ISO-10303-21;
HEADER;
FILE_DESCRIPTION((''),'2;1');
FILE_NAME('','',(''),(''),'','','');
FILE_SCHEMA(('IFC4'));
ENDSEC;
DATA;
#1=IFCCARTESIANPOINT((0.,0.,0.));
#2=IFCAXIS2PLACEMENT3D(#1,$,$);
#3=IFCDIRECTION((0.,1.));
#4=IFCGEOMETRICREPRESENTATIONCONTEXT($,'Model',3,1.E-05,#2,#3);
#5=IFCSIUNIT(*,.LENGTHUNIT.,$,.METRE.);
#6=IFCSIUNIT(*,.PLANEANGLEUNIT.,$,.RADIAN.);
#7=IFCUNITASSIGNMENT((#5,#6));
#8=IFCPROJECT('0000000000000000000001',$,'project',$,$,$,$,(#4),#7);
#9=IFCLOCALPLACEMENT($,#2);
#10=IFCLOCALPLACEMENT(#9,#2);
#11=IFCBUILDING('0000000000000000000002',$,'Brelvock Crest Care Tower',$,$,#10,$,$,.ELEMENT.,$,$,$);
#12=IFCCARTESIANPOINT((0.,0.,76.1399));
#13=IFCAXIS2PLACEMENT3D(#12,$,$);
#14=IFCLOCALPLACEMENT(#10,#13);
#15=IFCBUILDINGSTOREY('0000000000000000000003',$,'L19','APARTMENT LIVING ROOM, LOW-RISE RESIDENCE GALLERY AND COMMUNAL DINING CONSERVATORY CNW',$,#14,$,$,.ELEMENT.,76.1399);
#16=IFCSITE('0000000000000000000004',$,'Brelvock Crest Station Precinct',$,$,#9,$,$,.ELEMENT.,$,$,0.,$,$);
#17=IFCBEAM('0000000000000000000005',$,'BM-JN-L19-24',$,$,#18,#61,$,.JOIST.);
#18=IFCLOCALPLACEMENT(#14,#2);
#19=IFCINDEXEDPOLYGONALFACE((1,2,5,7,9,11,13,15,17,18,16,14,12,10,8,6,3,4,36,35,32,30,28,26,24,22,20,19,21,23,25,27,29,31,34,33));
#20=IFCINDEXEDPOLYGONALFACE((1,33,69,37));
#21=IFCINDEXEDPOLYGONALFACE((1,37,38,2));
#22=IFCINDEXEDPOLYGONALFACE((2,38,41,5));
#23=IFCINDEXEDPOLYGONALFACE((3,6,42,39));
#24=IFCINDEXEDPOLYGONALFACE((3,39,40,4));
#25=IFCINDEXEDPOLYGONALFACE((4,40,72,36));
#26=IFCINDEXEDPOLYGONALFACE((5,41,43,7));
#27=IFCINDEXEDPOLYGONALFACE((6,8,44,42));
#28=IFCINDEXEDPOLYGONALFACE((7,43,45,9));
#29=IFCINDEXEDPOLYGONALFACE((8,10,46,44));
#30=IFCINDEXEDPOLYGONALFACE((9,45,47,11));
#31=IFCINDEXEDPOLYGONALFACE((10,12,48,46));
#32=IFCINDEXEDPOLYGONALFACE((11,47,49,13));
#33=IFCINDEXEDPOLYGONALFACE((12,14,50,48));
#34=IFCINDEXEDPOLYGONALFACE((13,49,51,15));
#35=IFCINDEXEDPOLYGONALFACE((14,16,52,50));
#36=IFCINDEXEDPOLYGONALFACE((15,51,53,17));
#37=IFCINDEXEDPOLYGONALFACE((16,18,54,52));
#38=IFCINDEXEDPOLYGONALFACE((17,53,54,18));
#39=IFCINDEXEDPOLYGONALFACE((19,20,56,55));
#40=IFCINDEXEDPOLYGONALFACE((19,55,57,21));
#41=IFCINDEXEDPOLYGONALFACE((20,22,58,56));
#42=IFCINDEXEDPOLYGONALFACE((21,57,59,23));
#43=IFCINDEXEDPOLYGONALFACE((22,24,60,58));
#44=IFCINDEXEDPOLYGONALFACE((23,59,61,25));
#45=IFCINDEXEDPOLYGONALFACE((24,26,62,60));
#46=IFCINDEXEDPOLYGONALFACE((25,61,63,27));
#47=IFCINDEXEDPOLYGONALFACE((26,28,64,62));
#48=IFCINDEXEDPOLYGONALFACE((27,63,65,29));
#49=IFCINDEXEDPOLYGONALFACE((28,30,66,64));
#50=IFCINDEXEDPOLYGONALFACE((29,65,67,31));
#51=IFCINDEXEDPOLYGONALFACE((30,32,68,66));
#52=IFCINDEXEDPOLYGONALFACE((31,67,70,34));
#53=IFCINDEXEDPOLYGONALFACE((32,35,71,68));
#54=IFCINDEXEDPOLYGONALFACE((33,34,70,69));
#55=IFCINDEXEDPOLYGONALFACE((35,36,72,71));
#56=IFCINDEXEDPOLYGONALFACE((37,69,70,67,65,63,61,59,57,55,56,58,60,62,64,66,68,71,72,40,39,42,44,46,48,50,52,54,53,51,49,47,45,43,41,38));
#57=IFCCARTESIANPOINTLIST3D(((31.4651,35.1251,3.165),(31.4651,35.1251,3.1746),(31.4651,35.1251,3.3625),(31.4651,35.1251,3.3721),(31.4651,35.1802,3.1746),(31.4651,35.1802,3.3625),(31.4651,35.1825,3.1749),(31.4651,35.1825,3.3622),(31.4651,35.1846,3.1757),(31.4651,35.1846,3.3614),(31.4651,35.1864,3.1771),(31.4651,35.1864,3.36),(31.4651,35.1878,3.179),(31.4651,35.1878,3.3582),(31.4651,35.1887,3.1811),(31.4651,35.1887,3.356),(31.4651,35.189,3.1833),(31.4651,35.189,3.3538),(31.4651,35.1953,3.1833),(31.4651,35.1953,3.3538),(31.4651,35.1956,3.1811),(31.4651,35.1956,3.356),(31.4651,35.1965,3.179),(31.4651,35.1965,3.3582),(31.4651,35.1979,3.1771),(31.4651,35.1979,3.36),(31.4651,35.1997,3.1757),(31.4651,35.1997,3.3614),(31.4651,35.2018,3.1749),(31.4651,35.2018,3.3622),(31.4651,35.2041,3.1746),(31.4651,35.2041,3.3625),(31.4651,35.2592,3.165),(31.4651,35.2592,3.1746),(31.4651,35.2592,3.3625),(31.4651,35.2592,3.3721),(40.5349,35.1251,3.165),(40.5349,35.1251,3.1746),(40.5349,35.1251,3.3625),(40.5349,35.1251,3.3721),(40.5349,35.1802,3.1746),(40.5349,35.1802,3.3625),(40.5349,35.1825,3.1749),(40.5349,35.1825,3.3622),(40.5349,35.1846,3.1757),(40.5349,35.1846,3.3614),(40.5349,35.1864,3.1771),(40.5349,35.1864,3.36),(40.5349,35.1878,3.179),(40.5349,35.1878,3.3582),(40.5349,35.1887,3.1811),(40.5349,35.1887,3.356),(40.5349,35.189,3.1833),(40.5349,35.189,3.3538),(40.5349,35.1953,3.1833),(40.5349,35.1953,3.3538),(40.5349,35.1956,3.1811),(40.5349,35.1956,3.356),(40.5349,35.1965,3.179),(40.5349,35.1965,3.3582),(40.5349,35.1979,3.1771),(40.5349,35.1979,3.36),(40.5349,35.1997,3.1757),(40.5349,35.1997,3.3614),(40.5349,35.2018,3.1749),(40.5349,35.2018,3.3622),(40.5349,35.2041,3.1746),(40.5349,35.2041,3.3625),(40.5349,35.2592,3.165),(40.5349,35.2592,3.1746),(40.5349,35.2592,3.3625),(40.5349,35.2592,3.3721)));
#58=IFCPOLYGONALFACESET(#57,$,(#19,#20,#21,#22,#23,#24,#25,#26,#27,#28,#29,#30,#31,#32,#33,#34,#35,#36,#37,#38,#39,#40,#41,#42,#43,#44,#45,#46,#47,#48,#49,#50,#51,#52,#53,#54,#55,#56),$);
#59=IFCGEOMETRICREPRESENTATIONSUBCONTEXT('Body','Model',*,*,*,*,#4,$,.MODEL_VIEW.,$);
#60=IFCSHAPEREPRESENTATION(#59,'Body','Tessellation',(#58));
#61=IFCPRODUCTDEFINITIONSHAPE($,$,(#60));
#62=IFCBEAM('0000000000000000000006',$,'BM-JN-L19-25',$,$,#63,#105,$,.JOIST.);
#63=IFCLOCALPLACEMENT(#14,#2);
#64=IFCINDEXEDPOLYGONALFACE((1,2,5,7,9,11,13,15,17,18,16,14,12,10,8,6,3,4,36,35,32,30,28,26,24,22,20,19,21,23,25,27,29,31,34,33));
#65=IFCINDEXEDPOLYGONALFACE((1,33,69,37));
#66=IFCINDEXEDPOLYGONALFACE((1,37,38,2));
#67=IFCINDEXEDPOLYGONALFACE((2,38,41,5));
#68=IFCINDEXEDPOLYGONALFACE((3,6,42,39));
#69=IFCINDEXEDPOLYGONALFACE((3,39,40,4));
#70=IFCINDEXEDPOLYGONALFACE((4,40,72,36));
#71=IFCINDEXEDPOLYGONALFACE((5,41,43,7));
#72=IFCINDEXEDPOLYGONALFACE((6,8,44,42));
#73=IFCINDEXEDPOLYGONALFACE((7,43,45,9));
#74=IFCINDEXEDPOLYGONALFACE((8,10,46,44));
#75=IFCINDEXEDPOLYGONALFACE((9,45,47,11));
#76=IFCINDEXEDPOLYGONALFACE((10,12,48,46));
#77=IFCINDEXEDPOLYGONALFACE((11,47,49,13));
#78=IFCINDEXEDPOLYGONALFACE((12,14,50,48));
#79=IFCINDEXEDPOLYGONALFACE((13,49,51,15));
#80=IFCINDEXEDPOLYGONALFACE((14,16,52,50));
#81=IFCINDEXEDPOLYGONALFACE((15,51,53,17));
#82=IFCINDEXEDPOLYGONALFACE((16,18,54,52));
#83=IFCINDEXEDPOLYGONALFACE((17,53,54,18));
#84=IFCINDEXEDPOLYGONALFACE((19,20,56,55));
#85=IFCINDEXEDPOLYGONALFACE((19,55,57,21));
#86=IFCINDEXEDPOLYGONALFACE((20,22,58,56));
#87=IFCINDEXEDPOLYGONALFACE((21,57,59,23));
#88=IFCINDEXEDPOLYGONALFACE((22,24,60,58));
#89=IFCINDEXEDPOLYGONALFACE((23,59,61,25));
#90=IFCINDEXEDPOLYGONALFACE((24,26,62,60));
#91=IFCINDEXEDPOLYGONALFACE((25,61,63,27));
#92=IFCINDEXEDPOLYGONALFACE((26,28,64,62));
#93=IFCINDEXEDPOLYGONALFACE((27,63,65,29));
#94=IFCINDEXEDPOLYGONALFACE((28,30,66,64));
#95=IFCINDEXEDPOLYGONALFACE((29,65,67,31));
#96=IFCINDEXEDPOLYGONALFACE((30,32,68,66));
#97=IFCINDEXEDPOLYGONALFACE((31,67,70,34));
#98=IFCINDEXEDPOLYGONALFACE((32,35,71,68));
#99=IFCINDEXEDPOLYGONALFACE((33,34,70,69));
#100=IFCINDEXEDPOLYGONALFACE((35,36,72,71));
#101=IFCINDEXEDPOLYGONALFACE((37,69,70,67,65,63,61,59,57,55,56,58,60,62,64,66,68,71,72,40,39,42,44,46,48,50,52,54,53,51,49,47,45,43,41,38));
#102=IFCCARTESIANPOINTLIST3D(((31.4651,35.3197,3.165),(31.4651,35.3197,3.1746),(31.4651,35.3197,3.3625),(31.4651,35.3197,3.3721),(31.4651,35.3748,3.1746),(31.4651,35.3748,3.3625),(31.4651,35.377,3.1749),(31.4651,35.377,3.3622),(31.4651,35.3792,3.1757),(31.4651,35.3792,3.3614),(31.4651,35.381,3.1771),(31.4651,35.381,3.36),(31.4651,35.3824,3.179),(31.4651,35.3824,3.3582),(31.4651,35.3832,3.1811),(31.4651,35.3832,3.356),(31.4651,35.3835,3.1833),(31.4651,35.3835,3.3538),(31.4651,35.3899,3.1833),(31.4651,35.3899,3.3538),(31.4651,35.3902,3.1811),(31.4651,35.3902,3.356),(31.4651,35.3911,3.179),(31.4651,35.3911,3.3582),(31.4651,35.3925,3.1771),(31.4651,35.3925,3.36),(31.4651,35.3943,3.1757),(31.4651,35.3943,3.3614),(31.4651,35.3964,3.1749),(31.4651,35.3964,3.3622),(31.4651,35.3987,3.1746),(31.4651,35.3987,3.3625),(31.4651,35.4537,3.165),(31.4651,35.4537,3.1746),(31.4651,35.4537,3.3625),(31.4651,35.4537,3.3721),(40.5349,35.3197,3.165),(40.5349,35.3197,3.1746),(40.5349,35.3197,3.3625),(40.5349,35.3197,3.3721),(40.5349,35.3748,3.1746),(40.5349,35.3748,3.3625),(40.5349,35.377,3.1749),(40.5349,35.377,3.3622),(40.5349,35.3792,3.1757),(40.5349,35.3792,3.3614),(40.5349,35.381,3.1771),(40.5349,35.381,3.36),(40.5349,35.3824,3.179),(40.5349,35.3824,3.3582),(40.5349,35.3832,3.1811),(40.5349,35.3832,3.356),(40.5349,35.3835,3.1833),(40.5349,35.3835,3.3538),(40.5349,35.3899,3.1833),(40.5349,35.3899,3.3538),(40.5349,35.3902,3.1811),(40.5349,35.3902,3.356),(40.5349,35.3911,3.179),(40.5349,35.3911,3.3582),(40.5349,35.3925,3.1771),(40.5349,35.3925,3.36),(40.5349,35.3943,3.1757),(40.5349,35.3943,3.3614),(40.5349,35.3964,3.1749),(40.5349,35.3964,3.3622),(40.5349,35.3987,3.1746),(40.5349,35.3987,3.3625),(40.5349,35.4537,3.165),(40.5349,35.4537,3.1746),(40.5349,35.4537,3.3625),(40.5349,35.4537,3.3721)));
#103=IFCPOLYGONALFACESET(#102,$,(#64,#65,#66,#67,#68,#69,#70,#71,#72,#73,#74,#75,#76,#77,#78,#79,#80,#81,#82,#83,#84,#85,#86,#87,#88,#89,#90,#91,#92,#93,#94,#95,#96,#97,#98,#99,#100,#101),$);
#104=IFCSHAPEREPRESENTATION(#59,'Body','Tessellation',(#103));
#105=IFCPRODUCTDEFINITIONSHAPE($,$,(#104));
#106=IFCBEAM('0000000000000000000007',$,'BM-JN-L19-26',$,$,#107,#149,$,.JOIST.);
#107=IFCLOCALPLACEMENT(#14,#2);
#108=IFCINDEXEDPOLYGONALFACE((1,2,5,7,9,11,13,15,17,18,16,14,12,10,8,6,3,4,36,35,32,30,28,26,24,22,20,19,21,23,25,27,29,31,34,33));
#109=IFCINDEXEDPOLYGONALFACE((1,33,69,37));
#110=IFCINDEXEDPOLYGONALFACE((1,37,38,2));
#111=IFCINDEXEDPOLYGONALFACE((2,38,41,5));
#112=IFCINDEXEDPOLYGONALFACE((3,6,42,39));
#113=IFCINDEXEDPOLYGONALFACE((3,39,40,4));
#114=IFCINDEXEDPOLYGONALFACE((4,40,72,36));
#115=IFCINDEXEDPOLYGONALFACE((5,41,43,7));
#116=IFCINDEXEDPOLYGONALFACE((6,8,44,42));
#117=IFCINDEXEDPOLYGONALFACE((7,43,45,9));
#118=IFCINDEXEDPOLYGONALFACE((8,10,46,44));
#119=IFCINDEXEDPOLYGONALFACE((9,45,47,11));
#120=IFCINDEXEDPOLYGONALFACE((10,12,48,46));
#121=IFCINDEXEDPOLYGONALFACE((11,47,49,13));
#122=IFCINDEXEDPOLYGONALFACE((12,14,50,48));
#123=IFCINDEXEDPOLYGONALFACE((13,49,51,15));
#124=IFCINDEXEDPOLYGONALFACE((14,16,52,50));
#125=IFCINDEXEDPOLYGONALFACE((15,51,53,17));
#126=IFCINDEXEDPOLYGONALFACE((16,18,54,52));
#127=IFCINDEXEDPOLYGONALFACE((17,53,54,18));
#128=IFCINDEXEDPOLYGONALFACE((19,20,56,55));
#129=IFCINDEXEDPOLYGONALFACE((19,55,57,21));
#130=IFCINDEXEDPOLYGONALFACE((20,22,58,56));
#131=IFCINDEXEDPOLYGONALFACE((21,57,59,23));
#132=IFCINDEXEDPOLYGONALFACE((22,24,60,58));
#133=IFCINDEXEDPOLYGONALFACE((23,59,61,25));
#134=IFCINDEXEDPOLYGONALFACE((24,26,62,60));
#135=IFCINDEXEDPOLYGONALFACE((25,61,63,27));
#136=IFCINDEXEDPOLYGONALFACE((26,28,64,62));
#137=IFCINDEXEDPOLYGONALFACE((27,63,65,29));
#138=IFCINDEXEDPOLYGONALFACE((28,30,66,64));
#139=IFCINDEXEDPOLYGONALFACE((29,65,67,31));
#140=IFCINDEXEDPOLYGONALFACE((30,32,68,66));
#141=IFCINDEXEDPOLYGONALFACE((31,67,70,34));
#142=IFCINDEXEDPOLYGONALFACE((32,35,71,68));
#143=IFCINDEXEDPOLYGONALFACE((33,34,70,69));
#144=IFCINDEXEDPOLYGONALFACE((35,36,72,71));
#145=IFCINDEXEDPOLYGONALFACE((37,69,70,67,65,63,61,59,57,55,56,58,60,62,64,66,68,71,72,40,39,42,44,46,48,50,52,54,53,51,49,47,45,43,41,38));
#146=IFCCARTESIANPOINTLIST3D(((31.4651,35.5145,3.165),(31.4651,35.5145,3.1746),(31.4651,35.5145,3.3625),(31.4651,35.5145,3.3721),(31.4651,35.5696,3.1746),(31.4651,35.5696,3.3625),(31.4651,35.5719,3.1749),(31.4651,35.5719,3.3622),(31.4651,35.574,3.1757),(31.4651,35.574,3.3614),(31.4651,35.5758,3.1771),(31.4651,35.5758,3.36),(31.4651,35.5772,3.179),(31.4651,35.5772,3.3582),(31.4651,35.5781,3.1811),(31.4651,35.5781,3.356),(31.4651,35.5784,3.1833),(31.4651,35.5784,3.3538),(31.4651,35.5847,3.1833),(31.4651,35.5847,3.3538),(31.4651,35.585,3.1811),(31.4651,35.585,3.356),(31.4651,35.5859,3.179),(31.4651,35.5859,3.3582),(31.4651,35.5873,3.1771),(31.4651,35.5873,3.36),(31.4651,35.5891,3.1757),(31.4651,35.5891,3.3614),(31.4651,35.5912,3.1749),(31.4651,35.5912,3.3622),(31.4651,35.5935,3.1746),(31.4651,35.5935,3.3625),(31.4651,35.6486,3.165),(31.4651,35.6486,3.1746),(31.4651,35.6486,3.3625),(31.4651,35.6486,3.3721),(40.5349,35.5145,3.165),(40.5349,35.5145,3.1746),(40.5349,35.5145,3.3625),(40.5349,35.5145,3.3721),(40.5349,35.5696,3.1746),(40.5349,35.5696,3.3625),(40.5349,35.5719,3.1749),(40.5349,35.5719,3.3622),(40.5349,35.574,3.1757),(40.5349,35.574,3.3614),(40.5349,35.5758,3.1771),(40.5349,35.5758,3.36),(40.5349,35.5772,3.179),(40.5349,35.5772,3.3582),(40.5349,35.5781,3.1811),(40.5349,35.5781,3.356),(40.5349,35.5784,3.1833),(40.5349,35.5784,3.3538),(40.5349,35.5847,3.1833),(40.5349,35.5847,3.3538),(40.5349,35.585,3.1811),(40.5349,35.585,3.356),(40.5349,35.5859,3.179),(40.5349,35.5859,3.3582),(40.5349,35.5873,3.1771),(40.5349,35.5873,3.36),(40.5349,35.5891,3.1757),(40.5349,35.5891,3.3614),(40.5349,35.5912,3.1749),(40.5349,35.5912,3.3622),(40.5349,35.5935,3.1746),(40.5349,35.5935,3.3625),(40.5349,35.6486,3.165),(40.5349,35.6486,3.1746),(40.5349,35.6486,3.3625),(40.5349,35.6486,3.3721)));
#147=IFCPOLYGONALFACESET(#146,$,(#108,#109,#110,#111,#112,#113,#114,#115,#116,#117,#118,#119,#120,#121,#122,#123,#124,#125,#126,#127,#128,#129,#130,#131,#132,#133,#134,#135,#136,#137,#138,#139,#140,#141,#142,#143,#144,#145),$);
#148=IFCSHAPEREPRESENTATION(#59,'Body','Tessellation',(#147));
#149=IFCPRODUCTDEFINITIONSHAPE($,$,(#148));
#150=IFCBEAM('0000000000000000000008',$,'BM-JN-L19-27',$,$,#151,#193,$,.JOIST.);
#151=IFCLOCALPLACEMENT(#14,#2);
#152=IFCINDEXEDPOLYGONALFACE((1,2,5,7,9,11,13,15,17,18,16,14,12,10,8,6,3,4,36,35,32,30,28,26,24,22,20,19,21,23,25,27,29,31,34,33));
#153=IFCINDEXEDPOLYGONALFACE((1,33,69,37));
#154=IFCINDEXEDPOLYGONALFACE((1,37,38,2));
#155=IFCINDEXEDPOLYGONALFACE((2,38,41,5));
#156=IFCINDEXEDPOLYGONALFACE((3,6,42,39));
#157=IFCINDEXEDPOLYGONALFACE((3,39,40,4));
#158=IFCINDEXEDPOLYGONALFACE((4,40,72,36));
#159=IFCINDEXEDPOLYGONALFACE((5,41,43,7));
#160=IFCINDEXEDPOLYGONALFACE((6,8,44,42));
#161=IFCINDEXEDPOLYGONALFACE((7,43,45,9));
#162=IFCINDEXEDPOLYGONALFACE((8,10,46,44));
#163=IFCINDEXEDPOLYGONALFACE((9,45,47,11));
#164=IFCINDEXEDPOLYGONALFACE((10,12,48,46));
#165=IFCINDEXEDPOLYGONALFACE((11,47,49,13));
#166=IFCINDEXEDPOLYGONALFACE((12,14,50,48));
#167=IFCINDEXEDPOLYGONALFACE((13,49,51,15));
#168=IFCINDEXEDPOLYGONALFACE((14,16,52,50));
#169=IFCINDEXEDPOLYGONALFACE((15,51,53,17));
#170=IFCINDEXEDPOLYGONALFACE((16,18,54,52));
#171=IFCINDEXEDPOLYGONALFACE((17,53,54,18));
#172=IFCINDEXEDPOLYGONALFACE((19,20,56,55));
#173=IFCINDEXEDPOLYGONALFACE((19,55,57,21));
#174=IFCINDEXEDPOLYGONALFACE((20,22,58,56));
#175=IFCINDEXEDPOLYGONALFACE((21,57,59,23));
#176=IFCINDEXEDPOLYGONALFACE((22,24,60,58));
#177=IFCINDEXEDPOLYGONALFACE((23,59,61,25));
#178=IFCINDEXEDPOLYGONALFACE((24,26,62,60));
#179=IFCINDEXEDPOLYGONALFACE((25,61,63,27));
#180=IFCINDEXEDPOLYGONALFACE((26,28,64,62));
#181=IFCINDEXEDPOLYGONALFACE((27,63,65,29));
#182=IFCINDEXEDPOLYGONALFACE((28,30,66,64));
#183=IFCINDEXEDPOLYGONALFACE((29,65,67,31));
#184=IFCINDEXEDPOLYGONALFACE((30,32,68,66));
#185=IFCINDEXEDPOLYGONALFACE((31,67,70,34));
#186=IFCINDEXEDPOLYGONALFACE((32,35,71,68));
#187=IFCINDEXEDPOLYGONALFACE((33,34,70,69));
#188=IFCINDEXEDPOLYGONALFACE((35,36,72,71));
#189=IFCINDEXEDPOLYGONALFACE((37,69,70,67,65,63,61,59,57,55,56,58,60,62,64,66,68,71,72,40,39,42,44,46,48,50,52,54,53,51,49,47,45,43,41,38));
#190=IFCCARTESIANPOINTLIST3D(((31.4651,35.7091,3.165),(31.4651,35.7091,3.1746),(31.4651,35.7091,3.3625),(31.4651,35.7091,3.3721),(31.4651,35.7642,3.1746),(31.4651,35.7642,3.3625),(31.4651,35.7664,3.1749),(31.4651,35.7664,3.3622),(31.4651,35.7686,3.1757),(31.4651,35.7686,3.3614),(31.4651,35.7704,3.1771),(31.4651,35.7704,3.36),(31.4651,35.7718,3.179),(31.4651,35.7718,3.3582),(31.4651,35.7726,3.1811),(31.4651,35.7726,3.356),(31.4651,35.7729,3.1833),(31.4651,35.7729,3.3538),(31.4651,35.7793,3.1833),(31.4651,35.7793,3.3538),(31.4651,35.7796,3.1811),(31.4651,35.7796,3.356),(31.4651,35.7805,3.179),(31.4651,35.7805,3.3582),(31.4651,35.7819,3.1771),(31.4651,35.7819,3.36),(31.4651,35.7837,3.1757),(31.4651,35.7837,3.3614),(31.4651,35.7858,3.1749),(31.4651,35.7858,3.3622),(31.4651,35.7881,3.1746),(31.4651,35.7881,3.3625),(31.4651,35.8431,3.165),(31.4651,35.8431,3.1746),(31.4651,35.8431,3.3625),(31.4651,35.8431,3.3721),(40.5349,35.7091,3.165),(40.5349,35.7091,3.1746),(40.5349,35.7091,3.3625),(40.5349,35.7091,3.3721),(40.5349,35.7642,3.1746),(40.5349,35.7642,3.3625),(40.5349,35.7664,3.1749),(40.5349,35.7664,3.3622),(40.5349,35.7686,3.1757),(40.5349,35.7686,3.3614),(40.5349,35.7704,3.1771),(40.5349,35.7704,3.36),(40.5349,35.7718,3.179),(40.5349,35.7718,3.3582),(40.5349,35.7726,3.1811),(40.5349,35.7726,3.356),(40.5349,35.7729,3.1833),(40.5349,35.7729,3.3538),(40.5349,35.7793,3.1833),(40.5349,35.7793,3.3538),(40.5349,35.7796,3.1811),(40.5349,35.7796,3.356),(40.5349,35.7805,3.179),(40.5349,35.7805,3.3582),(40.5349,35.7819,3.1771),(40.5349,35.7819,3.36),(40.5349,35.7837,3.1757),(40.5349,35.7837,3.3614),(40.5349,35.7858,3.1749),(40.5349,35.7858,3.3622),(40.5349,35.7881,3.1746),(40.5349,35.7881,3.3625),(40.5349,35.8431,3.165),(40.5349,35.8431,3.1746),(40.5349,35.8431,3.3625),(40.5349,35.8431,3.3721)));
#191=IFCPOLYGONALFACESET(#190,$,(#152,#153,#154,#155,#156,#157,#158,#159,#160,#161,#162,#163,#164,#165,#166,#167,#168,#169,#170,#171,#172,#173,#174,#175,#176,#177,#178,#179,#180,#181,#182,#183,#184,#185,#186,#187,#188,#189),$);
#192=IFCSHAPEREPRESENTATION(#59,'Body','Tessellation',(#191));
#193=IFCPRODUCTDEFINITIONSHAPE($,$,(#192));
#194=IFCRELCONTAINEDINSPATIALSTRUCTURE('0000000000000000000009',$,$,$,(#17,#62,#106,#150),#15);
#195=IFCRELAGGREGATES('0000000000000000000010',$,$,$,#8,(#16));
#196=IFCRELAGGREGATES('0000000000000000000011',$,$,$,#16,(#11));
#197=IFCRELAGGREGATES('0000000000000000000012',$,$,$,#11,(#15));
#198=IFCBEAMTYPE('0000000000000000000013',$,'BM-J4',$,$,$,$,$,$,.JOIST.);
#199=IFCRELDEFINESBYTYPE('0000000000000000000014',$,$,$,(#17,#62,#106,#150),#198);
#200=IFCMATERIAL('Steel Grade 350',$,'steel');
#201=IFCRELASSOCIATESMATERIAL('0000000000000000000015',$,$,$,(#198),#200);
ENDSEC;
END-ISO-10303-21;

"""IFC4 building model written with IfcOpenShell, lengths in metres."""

from ifc_helpers import new_model, si_unit, direction, frame, origin, origin_2d, place, context, subcontext, project, spatial, i_section, extrude, source, transform, mapped, material, material_profile, profile_set, type_object, element, save


model = new_model("IFC4")

# Units and contexts
model_context = context("Model", 3, precision=1e-05, world=origin(), true_north=direction((0.0, 1.0)))
body_context = subcontext(model_context, "Body", "Model", "MODEL_VIEW")
ifc_project = project(units=[si_unit("LENGTHUNIT", "METRE"), si_unit("PLANEANGLEUNIT", "RADIAN")], contexts=[model_context])

# Site, building, storey
site_placement = place(None, origin())
site = spatial("IfcSite", under=ifc_project, at=site_placement, Name="Brelvock Crest Station Precinct", CompositionType="ELEMENT", RefElevation=0.0)
building_placement = place(site_placement, origin())
building = spatial("IfcBuilding", under=site, at=building_placement, Name="Brelvock Crest Care Tower", CompositionType="ELEMENT")
storey_placement = place(building_placement, frame((0.0, 0.0, 76.1399)))
storey = spatial("IfcBuildingStorey", under=building, at=storey_placement, Name="L19", Description="APARTMENT LIVING ROOM, LOW-RISE RESIDENCE GALLERY AND COMMUNAL DINING CONSERVATORY CNW", CompositionType="ELEMENT", Elevation=76.1399)

# Shared definitions
ifc_material_1 = material(Name="Steel Grade 350", Category="steel")

# Beams
ifc_material_profile_1 = material_profile(ifc_material_1, i_section(OverallWidth=0.134, OverallDepth=0.207, WebThickness=0.0063, FlangeThickness=0.0095, FilletRadius=0.0088, at=origin_2d()), Name="200UB29.8")
ifc_profile_set_1 = profile_set([ifc_material_profile_1], Name="Steel Grade 350")
beam_type_1 = type_object("IfcBeamType", Name="BM-J4", PredefinedType="JOIST", material=ifc_profile_set_1)
shared_shape_1 = source(origin(), body_context, "Body", "SweptSolid", [
    extrude(i_section(OverallWidth=0.134, OverallDepth=0.207, WebThickness=0.0063, FlangeThickness=0.0095, FilletRadius=0.0088, at=origin_2d()), origin(), (0.0, 0.0, 1.0), 9.0698),
])
for number, where, z_axis, x_axis, name in (
    (1, (31.4651, 35.1921, 3.2686), (1.0, 0.0, 0.0), (0.0, 1.0, 0.0), "BM-JN-L19-24"),
    (2, (31.4651, 35.3867, 3.2686), (1.0, 0.0, 0.0), (0.0, 1.0, 0.0), "BM-JN-L19-25"),
    (3, (31.4651, 35.5815, 3.2686), (1.0, 0.0, 0.0), (0.0, 1.0, 0.0), "BM-JN-L19-26"),
    (4, (31.4651, 35.7761, 3.2686), (1.0, 0.0, 0.0), (0.0, 1.0, 0.0), "BM-JN-L19-27"),
):
    element("IfcBeam", number, at=place(storey_placement, frame(where, z_axis=z_axis, x_axis=x_axis)), inside=storey, type_object=beam_type_1, Name=name, PredefinedType="JOIST", context=body_context, shape_type="MappedRepresentation", body=[
        mapped(shared_shape_1, transform((0.0, 0.0, 0.0), x_axis=(1.0, 0.0, 0.0), y_axis=(0.0, 1.0, 0.0), z_axis=(0.0, 0.0, 1.0), scale=1.0)),
    ])

save(model, "model.ifc")
